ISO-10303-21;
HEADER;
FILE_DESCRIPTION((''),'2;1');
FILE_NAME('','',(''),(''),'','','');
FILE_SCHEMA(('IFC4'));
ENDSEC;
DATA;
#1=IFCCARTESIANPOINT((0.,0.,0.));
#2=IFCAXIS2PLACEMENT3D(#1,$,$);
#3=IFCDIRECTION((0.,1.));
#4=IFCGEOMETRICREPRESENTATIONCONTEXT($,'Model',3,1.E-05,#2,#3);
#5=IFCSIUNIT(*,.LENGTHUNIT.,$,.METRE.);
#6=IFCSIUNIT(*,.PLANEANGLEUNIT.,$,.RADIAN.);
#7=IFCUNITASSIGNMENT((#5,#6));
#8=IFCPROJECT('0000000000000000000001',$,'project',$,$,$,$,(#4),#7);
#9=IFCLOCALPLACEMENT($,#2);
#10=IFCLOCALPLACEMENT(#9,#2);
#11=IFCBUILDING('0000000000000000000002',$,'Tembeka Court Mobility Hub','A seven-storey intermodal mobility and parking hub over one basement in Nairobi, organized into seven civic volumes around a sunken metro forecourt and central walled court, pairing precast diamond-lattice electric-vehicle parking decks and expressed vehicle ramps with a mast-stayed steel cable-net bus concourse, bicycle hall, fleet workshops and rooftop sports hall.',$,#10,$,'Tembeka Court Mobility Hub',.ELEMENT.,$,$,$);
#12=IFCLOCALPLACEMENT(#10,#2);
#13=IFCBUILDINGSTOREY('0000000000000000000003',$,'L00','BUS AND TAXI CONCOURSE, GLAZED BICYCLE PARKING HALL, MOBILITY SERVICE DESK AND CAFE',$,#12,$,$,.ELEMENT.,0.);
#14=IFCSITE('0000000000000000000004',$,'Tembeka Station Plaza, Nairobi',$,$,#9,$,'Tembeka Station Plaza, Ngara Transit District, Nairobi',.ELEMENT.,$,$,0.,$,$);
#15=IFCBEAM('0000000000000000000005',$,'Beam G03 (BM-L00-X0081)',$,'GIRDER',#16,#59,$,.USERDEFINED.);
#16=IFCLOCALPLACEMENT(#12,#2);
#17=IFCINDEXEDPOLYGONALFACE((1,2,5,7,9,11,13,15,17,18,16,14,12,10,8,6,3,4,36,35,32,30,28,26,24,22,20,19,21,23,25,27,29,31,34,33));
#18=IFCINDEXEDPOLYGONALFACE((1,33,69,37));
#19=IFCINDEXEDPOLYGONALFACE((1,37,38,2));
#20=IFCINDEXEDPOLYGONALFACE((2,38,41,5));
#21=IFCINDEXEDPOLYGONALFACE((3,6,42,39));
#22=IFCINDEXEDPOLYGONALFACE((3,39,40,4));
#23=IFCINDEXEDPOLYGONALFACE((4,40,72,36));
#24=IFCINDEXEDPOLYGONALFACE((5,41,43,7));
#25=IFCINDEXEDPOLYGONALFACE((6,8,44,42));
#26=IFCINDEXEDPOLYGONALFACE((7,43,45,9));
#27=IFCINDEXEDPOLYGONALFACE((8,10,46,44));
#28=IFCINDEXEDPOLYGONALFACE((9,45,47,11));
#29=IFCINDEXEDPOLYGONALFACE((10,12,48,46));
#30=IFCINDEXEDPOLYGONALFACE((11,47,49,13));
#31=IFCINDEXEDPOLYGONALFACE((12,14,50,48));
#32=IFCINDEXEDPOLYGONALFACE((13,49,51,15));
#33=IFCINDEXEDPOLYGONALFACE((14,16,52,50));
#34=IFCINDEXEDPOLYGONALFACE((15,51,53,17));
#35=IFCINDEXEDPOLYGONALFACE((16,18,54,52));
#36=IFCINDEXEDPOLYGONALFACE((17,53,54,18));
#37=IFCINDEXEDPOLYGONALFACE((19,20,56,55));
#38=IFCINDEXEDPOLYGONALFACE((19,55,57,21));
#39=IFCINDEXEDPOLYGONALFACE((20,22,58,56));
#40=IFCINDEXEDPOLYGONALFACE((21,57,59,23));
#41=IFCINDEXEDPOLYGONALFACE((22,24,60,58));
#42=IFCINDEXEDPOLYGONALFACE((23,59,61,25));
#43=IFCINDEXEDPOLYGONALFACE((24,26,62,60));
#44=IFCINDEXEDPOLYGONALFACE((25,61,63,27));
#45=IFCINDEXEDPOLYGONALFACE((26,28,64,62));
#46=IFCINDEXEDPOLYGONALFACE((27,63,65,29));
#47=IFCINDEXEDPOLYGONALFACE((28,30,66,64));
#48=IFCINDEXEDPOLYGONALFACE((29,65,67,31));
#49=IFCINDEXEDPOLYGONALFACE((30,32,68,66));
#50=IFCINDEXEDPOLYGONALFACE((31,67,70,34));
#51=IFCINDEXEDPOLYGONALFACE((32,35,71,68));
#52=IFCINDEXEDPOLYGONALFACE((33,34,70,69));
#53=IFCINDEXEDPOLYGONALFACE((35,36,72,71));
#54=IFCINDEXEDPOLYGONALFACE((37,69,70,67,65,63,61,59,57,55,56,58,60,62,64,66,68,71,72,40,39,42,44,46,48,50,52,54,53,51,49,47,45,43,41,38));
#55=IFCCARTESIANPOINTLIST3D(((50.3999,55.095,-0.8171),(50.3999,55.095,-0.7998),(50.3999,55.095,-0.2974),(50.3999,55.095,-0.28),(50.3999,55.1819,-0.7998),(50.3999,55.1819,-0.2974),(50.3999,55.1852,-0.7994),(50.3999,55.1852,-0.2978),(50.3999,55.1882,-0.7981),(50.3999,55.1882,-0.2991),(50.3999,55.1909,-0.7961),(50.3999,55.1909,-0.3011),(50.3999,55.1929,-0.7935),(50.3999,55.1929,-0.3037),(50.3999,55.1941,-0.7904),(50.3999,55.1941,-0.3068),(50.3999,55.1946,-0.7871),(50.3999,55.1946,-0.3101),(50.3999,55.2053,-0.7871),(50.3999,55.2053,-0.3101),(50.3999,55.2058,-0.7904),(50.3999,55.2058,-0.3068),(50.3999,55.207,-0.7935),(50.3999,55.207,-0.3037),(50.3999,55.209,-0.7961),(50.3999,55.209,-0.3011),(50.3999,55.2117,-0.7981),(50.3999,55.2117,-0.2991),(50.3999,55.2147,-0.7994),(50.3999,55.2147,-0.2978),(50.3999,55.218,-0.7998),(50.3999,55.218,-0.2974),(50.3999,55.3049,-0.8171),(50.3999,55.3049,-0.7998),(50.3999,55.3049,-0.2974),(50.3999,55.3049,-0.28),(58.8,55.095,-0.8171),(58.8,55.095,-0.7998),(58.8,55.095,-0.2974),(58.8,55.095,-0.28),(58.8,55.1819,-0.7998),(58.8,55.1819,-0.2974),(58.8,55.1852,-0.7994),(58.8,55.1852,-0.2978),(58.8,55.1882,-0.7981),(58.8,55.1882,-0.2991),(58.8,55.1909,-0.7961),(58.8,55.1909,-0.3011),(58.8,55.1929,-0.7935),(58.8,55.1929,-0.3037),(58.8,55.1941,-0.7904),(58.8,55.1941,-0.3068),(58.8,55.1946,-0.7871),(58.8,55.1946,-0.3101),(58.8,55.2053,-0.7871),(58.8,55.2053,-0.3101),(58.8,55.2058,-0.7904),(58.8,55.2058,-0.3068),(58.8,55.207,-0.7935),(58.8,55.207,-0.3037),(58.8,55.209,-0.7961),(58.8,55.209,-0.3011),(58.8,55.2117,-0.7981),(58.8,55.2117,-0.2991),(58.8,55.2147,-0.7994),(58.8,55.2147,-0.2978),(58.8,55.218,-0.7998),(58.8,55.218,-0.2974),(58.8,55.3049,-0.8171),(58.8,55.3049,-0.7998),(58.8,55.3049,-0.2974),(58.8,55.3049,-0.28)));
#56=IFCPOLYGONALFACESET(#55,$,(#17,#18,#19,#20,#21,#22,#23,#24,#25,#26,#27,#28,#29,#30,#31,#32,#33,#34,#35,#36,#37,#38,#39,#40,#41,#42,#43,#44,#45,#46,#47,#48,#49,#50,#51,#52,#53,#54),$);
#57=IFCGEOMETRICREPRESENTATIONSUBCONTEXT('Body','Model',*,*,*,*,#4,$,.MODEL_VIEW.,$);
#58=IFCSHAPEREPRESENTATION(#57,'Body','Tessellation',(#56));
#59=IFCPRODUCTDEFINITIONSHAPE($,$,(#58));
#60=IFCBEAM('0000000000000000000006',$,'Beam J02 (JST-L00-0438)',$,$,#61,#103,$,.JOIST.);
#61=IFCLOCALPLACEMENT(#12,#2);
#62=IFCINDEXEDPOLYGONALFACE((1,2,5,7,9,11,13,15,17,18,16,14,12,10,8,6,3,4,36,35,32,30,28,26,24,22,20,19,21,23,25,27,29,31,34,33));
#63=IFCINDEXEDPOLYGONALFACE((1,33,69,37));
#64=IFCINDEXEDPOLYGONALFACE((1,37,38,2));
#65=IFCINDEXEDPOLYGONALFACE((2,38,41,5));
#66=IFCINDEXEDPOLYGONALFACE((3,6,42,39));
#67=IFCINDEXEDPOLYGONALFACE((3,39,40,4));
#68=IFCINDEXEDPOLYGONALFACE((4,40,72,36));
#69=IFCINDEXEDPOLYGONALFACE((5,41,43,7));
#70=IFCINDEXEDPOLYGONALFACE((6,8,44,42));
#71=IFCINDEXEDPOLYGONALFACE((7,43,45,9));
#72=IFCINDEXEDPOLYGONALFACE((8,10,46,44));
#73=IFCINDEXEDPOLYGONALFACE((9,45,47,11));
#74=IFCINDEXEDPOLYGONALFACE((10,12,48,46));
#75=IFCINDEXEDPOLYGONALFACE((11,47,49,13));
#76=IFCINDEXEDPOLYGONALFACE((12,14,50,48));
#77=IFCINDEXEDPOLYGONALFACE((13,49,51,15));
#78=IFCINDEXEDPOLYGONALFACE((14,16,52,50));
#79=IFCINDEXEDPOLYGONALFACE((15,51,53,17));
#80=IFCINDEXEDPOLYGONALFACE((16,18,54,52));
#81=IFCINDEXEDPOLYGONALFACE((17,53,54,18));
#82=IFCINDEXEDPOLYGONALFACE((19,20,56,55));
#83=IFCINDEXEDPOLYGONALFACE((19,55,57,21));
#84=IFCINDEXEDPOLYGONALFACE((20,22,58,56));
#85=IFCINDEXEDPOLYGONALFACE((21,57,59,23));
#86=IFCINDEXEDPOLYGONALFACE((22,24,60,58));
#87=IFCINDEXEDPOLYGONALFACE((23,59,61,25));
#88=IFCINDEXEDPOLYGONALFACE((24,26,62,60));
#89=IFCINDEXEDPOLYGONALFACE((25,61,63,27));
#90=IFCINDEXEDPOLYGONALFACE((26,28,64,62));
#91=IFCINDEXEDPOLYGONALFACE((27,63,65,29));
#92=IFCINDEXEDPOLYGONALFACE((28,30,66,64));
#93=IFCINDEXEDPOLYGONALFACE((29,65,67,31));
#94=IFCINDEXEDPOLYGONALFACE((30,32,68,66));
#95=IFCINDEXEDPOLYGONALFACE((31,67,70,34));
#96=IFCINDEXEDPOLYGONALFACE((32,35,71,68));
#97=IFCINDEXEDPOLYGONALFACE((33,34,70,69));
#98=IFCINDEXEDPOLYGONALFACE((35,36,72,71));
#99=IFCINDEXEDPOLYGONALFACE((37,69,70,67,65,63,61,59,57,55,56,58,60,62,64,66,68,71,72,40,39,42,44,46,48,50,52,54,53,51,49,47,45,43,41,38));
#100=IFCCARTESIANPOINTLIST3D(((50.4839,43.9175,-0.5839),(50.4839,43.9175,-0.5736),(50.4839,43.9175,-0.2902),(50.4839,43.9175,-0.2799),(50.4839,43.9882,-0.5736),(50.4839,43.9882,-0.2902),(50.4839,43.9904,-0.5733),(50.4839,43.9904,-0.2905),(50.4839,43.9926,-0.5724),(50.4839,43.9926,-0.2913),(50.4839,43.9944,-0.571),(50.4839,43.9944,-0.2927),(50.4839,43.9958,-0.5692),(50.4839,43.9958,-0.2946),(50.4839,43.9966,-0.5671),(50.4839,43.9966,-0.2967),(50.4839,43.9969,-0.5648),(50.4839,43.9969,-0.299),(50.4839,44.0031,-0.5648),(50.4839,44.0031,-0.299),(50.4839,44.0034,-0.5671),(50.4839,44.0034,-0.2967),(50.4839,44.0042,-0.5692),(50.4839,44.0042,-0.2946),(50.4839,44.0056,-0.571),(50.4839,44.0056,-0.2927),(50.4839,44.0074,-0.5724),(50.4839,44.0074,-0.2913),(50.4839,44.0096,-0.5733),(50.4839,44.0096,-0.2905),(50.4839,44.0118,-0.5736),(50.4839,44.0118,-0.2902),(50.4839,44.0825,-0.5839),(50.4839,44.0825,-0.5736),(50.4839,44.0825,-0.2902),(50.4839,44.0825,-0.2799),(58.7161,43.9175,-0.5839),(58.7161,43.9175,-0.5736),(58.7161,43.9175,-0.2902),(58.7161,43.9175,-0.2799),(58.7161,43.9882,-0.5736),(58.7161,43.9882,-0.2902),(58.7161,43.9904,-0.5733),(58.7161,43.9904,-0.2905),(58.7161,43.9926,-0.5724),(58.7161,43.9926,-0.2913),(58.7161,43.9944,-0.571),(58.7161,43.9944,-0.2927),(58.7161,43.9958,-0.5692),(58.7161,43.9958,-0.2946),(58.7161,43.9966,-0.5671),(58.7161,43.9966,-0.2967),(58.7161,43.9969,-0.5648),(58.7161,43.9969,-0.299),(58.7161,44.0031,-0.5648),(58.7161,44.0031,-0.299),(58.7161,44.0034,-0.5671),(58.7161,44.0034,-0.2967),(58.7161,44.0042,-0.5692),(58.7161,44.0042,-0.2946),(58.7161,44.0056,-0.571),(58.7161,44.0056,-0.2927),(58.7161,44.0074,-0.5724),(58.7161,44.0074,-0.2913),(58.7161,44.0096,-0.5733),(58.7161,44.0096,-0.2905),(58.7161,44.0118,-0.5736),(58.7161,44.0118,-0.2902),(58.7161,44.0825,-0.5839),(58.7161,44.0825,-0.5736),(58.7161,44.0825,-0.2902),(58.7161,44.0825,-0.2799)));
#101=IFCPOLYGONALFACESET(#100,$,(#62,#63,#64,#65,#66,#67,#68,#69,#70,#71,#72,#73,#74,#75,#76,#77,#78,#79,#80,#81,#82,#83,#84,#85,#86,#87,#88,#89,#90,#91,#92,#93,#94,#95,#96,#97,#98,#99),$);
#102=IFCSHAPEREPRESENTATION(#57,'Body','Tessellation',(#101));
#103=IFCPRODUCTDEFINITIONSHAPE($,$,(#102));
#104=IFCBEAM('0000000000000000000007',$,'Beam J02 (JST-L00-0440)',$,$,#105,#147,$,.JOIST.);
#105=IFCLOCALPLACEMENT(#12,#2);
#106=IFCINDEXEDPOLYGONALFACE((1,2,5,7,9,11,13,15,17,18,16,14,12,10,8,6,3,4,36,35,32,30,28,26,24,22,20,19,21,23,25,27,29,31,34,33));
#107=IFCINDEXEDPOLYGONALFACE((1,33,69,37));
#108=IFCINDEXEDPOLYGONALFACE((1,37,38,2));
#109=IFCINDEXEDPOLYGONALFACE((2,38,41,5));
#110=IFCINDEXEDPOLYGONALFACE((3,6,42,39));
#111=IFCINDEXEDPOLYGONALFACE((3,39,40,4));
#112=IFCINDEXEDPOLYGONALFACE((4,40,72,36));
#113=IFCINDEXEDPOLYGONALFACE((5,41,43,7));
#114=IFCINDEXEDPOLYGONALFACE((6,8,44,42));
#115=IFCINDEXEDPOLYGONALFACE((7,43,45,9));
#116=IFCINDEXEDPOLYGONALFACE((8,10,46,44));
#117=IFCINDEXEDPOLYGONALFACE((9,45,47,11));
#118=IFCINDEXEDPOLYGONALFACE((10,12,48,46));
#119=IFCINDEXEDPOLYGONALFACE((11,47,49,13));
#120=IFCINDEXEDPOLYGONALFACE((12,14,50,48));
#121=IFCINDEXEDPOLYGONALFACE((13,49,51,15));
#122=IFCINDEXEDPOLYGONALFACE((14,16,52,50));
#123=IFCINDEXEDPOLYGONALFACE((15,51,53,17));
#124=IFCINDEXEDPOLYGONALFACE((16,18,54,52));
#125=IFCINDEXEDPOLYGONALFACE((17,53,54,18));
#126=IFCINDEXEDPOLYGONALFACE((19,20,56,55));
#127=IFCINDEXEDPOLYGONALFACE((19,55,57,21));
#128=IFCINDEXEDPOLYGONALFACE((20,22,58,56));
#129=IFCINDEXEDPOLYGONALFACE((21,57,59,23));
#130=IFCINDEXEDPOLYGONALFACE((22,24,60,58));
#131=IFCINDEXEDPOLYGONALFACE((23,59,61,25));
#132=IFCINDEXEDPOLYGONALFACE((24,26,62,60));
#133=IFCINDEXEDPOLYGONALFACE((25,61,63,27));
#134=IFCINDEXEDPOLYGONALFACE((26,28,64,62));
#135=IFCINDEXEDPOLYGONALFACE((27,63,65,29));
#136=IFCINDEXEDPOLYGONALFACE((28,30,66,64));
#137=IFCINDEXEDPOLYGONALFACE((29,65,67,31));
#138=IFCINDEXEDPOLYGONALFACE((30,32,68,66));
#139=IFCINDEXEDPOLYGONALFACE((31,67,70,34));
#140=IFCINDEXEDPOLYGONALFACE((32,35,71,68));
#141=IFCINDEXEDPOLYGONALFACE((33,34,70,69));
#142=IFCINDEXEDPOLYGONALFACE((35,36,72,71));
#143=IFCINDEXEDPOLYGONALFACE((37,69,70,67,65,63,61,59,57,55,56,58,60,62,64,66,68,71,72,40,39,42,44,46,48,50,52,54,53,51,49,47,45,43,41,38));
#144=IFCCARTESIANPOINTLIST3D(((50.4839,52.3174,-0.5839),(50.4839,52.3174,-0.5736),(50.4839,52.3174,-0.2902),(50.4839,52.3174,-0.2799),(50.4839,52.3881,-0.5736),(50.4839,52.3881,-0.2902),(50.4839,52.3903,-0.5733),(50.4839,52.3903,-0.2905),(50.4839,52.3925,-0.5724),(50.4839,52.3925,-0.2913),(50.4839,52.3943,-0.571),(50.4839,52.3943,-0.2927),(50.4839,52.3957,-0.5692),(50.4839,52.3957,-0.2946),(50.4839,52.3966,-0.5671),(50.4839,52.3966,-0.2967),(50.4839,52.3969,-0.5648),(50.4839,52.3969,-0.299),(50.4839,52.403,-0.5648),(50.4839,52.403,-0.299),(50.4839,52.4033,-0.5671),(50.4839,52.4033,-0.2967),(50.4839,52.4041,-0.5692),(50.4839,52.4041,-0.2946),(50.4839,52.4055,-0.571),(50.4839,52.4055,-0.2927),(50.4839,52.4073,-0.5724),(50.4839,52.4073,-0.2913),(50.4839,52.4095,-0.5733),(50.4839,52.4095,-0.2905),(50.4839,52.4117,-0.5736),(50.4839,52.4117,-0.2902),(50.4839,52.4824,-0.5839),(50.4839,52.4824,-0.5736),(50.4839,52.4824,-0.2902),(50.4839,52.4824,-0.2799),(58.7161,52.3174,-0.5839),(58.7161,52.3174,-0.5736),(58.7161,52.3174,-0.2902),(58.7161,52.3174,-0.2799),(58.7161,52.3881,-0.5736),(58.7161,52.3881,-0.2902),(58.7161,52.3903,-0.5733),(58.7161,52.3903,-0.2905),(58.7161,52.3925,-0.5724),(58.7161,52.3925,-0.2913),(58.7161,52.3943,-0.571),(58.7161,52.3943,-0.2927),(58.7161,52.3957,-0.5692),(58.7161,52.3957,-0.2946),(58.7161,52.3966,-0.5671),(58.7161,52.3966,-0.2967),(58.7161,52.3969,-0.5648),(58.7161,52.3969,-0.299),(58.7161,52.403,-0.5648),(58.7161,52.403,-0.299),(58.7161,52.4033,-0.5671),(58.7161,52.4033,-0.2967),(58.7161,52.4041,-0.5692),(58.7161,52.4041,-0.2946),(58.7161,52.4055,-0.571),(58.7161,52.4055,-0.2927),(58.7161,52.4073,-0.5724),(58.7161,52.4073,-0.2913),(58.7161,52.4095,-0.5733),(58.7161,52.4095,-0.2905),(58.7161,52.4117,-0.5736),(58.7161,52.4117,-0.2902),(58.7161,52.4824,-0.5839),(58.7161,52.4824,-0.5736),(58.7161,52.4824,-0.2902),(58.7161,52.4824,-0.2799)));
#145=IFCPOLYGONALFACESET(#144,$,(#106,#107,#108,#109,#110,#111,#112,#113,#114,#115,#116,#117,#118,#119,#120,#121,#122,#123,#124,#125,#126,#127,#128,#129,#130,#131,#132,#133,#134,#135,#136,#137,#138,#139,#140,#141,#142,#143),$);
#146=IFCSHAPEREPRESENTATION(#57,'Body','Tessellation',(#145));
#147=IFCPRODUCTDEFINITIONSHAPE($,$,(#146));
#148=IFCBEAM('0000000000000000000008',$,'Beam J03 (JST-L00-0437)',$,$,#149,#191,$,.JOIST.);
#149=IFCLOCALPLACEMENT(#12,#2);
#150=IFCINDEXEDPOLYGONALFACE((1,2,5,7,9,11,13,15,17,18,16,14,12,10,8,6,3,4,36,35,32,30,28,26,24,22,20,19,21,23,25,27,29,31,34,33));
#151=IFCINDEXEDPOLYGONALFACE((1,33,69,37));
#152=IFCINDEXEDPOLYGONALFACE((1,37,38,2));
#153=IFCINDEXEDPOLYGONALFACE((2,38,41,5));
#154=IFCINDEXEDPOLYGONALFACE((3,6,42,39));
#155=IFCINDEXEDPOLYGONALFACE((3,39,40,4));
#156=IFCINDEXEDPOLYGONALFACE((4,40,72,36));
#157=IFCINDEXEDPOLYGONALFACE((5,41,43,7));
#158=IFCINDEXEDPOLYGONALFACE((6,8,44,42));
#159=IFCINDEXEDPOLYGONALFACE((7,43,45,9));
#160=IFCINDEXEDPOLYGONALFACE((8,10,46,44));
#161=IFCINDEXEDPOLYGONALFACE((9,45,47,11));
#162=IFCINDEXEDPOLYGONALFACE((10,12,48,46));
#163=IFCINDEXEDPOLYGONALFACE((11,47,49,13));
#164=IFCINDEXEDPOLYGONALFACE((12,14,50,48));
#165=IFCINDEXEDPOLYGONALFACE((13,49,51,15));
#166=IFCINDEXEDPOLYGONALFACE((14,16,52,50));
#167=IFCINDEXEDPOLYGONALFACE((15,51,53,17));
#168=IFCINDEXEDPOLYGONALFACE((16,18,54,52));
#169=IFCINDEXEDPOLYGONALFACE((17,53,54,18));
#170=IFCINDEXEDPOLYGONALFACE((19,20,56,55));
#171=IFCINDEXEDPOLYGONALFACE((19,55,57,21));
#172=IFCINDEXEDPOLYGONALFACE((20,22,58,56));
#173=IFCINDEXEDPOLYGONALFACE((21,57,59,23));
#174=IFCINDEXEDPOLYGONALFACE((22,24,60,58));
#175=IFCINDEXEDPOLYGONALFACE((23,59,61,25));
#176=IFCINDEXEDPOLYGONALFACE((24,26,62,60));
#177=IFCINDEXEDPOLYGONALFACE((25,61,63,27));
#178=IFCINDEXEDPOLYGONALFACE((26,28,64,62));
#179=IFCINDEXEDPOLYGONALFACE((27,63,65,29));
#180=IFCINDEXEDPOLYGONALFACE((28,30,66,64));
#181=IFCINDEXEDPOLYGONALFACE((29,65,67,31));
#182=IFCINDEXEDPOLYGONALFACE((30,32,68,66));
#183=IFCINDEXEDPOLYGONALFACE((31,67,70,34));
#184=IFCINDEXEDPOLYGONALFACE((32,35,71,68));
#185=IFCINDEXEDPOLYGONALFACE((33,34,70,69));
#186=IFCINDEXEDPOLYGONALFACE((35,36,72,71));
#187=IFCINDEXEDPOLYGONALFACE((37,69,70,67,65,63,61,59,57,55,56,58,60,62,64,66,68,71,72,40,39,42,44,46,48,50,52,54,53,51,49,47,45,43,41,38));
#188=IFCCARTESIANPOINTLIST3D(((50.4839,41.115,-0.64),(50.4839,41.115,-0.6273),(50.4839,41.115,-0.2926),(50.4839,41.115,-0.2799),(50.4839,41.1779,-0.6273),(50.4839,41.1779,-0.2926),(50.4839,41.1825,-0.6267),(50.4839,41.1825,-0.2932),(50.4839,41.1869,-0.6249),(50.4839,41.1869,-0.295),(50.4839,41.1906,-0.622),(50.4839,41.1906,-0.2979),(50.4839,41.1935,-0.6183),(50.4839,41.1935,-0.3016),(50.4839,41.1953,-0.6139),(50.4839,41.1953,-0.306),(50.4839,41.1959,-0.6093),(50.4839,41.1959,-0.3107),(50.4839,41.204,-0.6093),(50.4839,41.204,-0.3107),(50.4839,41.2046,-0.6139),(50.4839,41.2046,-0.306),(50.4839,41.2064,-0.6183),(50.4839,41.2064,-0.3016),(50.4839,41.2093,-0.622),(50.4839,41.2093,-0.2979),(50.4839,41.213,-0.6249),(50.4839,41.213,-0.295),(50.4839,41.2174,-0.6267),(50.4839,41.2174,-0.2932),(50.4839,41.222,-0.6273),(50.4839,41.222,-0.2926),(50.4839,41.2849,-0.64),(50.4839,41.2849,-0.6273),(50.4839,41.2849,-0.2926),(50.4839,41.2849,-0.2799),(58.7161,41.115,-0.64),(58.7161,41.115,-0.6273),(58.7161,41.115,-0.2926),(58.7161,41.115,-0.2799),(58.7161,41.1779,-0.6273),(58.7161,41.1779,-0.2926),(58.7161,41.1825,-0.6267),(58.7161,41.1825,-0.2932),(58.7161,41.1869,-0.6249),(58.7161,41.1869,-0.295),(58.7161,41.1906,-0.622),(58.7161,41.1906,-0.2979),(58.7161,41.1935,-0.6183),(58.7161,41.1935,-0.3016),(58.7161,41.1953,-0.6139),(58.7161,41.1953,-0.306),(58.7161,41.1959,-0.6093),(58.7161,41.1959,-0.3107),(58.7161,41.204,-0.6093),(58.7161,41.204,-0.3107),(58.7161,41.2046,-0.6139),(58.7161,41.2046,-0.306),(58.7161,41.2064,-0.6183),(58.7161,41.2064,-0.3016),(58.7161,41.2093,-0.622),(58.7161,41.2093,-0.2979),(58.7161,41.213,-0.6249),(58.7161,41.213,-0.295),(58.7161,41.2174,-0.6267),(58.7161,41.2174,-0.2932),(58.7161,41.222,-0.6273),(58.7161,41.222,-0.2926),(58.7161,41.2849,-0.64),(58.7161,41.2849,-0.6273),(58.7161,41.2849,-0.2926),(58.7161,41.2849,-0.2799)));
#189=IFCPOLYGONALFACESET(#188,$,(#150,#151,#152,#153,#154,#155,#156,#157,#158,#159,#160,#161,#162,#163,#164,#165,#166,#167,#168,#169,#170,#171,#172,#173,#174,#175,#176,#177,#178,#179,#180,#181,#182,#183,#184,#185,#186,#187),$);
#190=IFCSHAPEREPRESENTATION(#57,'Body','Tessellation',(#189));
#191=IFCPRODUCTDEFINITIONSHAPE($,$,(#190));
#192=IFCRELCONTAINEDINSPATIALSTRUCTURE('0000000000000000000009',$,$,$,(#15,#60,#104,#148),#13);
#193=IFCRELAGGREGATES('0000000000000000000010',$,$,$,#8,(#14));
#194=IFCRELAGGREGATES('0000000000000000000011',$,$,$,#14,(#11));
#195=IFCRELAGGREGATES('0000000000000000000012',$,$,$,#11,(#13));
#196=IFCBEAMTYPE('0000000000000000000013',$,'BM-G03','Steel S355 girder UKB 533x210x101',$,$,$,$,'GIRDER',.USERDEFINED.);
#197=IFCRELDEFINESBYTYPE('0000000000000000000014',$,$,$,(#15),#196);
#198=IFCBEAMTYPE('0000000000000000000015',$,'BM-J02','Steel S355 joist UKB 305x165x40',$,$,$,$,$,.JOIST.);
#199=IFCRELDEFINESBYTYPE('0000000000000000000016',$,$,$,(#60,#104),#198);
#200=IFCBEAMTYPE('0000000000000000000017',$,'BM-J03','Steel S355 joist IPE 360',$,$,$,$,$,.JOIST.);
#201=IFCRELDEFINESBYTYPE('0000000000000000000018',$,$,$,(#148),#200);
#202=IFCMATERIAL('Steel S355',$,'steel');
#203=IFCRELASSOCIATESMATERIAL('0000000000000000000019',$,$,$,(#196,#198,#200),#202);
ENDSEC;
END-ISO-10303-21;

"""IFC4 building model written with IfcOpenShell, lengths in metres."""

from ifc_helpers import new_model, si_unit, direction, frame, origin, origin_2d, place, context, subcontext, project, spatial, i_section, extrude, material, material_profile, profile_set, type_object, element, save


model = new_model("IFC4")

# Units and contexts
model_context = context("Model", 3, precision=1e-05, world=origin(), true_north=direction((0.0, 1.0)))
body_context = subcontext(model_context, "Body", "Model", "MODEL_VIEW")
ifc_project = project(units=[si_unit("LENGTHUNIT", "METRE"), si_unit("PLANEANGLEUNIT", "RADIAN")], contexts=[model_context])

# Site, building, storey
site_placement = place(None, origin())
site = spatial("IfcSite", under=ifc_project, at=site_placement, Name="Tembeka Station Plaza, Nairobi", LongName="Tembeka Station Plaza, Ngara Transit District, Nairobi", CompositionType="ELEMENT", RefElevation=0.0)
building_placement = place(site_placement, origin())
building = spatial("IfcBuilding", under=site, at=building_placement, Name="Tembeka Court Mobility Hub", Description="A seven-storey intermodal mobility and parking hub over one basement in Nairobi, organized into seven civic volumes around a sunken metro forecourt and central walled court, pairing precast diamond-lattice electric-vehicle parking decks and expressed vehicle ramps with a mast-stayed steel cable-net bus concourse, bicycle hall, fleet workshops and rooftop sports hall.", LongName="Tembeka Court Mobility Hub", CompositionType="ELEMENT")
storey_placement = place(building_placement, origin())
storey = spatial("IfcBuildingStorey", under=building, at=storey_placement, Name="L00", Description="BUS AND TAXI CONCOURSE, GLAZED BICYCLE PARKING HALL, MOBILITY SERVICE DESK AND CAFE", CompositionType="ELEMENT", Elevation=0.0)

# Shared definitions
ifc_material_1 = material(Name="Steel S355", Category="steel")

# Beams
ifc_material_profile_1 = material_profile(ifc_material_1, i_section(OverallWidth=0.21, OverallDepth=0.5371, WebThickness=0.0107, FlangeThickness=0.0173, FilletRadius=0.0127, at=origin_2d()), Name="UKB 533x210x101")
ifc_profile_set_1 = profile_set([ifc_material_profile_1], Name="Steel S355")
beam_type_1 = type_object("IfcBeamType", Name="BM-G03", Description="Steel S355 girder UKB 533x210x101", ElementType="GIRDER", PredefinedType="USERDEFINED", material=ifc_profile_set_1)
beam_1_placement = place(storey_placement, frame((50.3999, 55.2, -0.5486), z_axis=(1.0, 0.0, 0.0), x_axis=(0.0, 1.0, 0.0)))
element("IfcBeam", 1, at=beam_1_placement, inside=storey, type_object=beam_type_1, Name="Beam G03 (BM-L00-X0081)", ObjectType="GIRDER", PredefinedType="USERDEFINED", context=body_context, shape_type="SweptSolid", body=[
    extrude(i_section(OverallWidth=0.21, OverallDepth=0.5371, WebThickness=0.0107, FlangeThickness=0.0173, FilletRadius=0.0127, at=origin_2d()), origin(), (0.0, 0.0, 1.0), 8.4001),
])
ifc_material_profile_2 = material_profile(ifc_material_1, i_section(OverallWidth=0.165, OverallDepth=0.304, WebThickness=0.0061, FlangeThickness=0.0103, FilletRadius=0.0088, at=origin_2d()), Name="UKB 305x165x40")
ifc_profile_set_2 = profile_set([ifc_material_profile_2], Name="Steel S355")
beam_type_2 = type_object("IfcBeamType", Name="BM-J02", Description="Steel S355 joist UKB 305x165x40", PredefinedType="JOIST", material=ifc_profile_set_2)
for number, where, z_axis, x_axis, name in (
    (2, (50.4839, 44.0, -0.4319), (1.0, 0.0, 0.0), (0.0, 1.0, 0.0), "Beam J02 (JST-L00-0438)"),
    (3, (50.4839, 52.3999, -0.4319), (1.0, 0.0, 0.0), (0.0, 1.0, 0.0), "Beam J02 (JST-L00-0440)"),
):
    element("IfcBeam", number, at=place(storey_placement, frame(where, z_axis=z_axis, x_axis=x_axis)), inside=storey, type_object=beam_type_2, Name=name, PredefinedType="JOIST", context=body_context, shape_type="SweptSolid", body=[
        extrude(i_section(OverallWidth=0.165, OverallDepth=0.304, WebThickness=0.0061, FlangeThickness=0.0103, FilletRadius=0.0088, at=origin_2d()), origin(), (0.0, 0.0, 1.0), 8.2322),
    ])
ifc_material_profile_3 = material_profile(ifc_material_1, i_section(OverallWidth=0.1699, OverallDepth=0.3601, WebThickness=0.0081, FlangeThickness=0.0127, FilletRadius=0.0181, at=origin_2d()), Name="IPE 360")
ifc_profile_set_3 = profile_set([ifc_material_profile_3], Name="Steel S355")
beam_type_3 = type_object("IfcBeamType", Name="BM-J03", Description="Steel S355 joist IPE 360", PredefinedType="JOIST", material=ifc_profile_set_3)
for number, where, z_axis, x_axis, name in (
    (4, (50.4839, 41.2, -0.46), (1.0, 0.0, 0.0), (0.0, 1.0, 0.0), "Beam J03 (JST-L00-0437)"),
):
    element("IfcBeam", number, at=place(storey_placement, frame(where, z_axis=z_axis, x_axis=x_axis)), inside=storey, type_object=beam_type_3, Name=name, PredefinedType="JOIST", context=body_context, shape_type="SweptSolid", body=[
        extrude(i_section(OverallWidth=0.1699, OverallDepth=0.3601, WebThickness=0.0081, FlangeThickness=0.0127, FilletRadius=0.0181, at=origin_2d()), origin(), (0.0, 0.0, 1.0), 8.2322),
    ])

save(model, "model.ifc")
